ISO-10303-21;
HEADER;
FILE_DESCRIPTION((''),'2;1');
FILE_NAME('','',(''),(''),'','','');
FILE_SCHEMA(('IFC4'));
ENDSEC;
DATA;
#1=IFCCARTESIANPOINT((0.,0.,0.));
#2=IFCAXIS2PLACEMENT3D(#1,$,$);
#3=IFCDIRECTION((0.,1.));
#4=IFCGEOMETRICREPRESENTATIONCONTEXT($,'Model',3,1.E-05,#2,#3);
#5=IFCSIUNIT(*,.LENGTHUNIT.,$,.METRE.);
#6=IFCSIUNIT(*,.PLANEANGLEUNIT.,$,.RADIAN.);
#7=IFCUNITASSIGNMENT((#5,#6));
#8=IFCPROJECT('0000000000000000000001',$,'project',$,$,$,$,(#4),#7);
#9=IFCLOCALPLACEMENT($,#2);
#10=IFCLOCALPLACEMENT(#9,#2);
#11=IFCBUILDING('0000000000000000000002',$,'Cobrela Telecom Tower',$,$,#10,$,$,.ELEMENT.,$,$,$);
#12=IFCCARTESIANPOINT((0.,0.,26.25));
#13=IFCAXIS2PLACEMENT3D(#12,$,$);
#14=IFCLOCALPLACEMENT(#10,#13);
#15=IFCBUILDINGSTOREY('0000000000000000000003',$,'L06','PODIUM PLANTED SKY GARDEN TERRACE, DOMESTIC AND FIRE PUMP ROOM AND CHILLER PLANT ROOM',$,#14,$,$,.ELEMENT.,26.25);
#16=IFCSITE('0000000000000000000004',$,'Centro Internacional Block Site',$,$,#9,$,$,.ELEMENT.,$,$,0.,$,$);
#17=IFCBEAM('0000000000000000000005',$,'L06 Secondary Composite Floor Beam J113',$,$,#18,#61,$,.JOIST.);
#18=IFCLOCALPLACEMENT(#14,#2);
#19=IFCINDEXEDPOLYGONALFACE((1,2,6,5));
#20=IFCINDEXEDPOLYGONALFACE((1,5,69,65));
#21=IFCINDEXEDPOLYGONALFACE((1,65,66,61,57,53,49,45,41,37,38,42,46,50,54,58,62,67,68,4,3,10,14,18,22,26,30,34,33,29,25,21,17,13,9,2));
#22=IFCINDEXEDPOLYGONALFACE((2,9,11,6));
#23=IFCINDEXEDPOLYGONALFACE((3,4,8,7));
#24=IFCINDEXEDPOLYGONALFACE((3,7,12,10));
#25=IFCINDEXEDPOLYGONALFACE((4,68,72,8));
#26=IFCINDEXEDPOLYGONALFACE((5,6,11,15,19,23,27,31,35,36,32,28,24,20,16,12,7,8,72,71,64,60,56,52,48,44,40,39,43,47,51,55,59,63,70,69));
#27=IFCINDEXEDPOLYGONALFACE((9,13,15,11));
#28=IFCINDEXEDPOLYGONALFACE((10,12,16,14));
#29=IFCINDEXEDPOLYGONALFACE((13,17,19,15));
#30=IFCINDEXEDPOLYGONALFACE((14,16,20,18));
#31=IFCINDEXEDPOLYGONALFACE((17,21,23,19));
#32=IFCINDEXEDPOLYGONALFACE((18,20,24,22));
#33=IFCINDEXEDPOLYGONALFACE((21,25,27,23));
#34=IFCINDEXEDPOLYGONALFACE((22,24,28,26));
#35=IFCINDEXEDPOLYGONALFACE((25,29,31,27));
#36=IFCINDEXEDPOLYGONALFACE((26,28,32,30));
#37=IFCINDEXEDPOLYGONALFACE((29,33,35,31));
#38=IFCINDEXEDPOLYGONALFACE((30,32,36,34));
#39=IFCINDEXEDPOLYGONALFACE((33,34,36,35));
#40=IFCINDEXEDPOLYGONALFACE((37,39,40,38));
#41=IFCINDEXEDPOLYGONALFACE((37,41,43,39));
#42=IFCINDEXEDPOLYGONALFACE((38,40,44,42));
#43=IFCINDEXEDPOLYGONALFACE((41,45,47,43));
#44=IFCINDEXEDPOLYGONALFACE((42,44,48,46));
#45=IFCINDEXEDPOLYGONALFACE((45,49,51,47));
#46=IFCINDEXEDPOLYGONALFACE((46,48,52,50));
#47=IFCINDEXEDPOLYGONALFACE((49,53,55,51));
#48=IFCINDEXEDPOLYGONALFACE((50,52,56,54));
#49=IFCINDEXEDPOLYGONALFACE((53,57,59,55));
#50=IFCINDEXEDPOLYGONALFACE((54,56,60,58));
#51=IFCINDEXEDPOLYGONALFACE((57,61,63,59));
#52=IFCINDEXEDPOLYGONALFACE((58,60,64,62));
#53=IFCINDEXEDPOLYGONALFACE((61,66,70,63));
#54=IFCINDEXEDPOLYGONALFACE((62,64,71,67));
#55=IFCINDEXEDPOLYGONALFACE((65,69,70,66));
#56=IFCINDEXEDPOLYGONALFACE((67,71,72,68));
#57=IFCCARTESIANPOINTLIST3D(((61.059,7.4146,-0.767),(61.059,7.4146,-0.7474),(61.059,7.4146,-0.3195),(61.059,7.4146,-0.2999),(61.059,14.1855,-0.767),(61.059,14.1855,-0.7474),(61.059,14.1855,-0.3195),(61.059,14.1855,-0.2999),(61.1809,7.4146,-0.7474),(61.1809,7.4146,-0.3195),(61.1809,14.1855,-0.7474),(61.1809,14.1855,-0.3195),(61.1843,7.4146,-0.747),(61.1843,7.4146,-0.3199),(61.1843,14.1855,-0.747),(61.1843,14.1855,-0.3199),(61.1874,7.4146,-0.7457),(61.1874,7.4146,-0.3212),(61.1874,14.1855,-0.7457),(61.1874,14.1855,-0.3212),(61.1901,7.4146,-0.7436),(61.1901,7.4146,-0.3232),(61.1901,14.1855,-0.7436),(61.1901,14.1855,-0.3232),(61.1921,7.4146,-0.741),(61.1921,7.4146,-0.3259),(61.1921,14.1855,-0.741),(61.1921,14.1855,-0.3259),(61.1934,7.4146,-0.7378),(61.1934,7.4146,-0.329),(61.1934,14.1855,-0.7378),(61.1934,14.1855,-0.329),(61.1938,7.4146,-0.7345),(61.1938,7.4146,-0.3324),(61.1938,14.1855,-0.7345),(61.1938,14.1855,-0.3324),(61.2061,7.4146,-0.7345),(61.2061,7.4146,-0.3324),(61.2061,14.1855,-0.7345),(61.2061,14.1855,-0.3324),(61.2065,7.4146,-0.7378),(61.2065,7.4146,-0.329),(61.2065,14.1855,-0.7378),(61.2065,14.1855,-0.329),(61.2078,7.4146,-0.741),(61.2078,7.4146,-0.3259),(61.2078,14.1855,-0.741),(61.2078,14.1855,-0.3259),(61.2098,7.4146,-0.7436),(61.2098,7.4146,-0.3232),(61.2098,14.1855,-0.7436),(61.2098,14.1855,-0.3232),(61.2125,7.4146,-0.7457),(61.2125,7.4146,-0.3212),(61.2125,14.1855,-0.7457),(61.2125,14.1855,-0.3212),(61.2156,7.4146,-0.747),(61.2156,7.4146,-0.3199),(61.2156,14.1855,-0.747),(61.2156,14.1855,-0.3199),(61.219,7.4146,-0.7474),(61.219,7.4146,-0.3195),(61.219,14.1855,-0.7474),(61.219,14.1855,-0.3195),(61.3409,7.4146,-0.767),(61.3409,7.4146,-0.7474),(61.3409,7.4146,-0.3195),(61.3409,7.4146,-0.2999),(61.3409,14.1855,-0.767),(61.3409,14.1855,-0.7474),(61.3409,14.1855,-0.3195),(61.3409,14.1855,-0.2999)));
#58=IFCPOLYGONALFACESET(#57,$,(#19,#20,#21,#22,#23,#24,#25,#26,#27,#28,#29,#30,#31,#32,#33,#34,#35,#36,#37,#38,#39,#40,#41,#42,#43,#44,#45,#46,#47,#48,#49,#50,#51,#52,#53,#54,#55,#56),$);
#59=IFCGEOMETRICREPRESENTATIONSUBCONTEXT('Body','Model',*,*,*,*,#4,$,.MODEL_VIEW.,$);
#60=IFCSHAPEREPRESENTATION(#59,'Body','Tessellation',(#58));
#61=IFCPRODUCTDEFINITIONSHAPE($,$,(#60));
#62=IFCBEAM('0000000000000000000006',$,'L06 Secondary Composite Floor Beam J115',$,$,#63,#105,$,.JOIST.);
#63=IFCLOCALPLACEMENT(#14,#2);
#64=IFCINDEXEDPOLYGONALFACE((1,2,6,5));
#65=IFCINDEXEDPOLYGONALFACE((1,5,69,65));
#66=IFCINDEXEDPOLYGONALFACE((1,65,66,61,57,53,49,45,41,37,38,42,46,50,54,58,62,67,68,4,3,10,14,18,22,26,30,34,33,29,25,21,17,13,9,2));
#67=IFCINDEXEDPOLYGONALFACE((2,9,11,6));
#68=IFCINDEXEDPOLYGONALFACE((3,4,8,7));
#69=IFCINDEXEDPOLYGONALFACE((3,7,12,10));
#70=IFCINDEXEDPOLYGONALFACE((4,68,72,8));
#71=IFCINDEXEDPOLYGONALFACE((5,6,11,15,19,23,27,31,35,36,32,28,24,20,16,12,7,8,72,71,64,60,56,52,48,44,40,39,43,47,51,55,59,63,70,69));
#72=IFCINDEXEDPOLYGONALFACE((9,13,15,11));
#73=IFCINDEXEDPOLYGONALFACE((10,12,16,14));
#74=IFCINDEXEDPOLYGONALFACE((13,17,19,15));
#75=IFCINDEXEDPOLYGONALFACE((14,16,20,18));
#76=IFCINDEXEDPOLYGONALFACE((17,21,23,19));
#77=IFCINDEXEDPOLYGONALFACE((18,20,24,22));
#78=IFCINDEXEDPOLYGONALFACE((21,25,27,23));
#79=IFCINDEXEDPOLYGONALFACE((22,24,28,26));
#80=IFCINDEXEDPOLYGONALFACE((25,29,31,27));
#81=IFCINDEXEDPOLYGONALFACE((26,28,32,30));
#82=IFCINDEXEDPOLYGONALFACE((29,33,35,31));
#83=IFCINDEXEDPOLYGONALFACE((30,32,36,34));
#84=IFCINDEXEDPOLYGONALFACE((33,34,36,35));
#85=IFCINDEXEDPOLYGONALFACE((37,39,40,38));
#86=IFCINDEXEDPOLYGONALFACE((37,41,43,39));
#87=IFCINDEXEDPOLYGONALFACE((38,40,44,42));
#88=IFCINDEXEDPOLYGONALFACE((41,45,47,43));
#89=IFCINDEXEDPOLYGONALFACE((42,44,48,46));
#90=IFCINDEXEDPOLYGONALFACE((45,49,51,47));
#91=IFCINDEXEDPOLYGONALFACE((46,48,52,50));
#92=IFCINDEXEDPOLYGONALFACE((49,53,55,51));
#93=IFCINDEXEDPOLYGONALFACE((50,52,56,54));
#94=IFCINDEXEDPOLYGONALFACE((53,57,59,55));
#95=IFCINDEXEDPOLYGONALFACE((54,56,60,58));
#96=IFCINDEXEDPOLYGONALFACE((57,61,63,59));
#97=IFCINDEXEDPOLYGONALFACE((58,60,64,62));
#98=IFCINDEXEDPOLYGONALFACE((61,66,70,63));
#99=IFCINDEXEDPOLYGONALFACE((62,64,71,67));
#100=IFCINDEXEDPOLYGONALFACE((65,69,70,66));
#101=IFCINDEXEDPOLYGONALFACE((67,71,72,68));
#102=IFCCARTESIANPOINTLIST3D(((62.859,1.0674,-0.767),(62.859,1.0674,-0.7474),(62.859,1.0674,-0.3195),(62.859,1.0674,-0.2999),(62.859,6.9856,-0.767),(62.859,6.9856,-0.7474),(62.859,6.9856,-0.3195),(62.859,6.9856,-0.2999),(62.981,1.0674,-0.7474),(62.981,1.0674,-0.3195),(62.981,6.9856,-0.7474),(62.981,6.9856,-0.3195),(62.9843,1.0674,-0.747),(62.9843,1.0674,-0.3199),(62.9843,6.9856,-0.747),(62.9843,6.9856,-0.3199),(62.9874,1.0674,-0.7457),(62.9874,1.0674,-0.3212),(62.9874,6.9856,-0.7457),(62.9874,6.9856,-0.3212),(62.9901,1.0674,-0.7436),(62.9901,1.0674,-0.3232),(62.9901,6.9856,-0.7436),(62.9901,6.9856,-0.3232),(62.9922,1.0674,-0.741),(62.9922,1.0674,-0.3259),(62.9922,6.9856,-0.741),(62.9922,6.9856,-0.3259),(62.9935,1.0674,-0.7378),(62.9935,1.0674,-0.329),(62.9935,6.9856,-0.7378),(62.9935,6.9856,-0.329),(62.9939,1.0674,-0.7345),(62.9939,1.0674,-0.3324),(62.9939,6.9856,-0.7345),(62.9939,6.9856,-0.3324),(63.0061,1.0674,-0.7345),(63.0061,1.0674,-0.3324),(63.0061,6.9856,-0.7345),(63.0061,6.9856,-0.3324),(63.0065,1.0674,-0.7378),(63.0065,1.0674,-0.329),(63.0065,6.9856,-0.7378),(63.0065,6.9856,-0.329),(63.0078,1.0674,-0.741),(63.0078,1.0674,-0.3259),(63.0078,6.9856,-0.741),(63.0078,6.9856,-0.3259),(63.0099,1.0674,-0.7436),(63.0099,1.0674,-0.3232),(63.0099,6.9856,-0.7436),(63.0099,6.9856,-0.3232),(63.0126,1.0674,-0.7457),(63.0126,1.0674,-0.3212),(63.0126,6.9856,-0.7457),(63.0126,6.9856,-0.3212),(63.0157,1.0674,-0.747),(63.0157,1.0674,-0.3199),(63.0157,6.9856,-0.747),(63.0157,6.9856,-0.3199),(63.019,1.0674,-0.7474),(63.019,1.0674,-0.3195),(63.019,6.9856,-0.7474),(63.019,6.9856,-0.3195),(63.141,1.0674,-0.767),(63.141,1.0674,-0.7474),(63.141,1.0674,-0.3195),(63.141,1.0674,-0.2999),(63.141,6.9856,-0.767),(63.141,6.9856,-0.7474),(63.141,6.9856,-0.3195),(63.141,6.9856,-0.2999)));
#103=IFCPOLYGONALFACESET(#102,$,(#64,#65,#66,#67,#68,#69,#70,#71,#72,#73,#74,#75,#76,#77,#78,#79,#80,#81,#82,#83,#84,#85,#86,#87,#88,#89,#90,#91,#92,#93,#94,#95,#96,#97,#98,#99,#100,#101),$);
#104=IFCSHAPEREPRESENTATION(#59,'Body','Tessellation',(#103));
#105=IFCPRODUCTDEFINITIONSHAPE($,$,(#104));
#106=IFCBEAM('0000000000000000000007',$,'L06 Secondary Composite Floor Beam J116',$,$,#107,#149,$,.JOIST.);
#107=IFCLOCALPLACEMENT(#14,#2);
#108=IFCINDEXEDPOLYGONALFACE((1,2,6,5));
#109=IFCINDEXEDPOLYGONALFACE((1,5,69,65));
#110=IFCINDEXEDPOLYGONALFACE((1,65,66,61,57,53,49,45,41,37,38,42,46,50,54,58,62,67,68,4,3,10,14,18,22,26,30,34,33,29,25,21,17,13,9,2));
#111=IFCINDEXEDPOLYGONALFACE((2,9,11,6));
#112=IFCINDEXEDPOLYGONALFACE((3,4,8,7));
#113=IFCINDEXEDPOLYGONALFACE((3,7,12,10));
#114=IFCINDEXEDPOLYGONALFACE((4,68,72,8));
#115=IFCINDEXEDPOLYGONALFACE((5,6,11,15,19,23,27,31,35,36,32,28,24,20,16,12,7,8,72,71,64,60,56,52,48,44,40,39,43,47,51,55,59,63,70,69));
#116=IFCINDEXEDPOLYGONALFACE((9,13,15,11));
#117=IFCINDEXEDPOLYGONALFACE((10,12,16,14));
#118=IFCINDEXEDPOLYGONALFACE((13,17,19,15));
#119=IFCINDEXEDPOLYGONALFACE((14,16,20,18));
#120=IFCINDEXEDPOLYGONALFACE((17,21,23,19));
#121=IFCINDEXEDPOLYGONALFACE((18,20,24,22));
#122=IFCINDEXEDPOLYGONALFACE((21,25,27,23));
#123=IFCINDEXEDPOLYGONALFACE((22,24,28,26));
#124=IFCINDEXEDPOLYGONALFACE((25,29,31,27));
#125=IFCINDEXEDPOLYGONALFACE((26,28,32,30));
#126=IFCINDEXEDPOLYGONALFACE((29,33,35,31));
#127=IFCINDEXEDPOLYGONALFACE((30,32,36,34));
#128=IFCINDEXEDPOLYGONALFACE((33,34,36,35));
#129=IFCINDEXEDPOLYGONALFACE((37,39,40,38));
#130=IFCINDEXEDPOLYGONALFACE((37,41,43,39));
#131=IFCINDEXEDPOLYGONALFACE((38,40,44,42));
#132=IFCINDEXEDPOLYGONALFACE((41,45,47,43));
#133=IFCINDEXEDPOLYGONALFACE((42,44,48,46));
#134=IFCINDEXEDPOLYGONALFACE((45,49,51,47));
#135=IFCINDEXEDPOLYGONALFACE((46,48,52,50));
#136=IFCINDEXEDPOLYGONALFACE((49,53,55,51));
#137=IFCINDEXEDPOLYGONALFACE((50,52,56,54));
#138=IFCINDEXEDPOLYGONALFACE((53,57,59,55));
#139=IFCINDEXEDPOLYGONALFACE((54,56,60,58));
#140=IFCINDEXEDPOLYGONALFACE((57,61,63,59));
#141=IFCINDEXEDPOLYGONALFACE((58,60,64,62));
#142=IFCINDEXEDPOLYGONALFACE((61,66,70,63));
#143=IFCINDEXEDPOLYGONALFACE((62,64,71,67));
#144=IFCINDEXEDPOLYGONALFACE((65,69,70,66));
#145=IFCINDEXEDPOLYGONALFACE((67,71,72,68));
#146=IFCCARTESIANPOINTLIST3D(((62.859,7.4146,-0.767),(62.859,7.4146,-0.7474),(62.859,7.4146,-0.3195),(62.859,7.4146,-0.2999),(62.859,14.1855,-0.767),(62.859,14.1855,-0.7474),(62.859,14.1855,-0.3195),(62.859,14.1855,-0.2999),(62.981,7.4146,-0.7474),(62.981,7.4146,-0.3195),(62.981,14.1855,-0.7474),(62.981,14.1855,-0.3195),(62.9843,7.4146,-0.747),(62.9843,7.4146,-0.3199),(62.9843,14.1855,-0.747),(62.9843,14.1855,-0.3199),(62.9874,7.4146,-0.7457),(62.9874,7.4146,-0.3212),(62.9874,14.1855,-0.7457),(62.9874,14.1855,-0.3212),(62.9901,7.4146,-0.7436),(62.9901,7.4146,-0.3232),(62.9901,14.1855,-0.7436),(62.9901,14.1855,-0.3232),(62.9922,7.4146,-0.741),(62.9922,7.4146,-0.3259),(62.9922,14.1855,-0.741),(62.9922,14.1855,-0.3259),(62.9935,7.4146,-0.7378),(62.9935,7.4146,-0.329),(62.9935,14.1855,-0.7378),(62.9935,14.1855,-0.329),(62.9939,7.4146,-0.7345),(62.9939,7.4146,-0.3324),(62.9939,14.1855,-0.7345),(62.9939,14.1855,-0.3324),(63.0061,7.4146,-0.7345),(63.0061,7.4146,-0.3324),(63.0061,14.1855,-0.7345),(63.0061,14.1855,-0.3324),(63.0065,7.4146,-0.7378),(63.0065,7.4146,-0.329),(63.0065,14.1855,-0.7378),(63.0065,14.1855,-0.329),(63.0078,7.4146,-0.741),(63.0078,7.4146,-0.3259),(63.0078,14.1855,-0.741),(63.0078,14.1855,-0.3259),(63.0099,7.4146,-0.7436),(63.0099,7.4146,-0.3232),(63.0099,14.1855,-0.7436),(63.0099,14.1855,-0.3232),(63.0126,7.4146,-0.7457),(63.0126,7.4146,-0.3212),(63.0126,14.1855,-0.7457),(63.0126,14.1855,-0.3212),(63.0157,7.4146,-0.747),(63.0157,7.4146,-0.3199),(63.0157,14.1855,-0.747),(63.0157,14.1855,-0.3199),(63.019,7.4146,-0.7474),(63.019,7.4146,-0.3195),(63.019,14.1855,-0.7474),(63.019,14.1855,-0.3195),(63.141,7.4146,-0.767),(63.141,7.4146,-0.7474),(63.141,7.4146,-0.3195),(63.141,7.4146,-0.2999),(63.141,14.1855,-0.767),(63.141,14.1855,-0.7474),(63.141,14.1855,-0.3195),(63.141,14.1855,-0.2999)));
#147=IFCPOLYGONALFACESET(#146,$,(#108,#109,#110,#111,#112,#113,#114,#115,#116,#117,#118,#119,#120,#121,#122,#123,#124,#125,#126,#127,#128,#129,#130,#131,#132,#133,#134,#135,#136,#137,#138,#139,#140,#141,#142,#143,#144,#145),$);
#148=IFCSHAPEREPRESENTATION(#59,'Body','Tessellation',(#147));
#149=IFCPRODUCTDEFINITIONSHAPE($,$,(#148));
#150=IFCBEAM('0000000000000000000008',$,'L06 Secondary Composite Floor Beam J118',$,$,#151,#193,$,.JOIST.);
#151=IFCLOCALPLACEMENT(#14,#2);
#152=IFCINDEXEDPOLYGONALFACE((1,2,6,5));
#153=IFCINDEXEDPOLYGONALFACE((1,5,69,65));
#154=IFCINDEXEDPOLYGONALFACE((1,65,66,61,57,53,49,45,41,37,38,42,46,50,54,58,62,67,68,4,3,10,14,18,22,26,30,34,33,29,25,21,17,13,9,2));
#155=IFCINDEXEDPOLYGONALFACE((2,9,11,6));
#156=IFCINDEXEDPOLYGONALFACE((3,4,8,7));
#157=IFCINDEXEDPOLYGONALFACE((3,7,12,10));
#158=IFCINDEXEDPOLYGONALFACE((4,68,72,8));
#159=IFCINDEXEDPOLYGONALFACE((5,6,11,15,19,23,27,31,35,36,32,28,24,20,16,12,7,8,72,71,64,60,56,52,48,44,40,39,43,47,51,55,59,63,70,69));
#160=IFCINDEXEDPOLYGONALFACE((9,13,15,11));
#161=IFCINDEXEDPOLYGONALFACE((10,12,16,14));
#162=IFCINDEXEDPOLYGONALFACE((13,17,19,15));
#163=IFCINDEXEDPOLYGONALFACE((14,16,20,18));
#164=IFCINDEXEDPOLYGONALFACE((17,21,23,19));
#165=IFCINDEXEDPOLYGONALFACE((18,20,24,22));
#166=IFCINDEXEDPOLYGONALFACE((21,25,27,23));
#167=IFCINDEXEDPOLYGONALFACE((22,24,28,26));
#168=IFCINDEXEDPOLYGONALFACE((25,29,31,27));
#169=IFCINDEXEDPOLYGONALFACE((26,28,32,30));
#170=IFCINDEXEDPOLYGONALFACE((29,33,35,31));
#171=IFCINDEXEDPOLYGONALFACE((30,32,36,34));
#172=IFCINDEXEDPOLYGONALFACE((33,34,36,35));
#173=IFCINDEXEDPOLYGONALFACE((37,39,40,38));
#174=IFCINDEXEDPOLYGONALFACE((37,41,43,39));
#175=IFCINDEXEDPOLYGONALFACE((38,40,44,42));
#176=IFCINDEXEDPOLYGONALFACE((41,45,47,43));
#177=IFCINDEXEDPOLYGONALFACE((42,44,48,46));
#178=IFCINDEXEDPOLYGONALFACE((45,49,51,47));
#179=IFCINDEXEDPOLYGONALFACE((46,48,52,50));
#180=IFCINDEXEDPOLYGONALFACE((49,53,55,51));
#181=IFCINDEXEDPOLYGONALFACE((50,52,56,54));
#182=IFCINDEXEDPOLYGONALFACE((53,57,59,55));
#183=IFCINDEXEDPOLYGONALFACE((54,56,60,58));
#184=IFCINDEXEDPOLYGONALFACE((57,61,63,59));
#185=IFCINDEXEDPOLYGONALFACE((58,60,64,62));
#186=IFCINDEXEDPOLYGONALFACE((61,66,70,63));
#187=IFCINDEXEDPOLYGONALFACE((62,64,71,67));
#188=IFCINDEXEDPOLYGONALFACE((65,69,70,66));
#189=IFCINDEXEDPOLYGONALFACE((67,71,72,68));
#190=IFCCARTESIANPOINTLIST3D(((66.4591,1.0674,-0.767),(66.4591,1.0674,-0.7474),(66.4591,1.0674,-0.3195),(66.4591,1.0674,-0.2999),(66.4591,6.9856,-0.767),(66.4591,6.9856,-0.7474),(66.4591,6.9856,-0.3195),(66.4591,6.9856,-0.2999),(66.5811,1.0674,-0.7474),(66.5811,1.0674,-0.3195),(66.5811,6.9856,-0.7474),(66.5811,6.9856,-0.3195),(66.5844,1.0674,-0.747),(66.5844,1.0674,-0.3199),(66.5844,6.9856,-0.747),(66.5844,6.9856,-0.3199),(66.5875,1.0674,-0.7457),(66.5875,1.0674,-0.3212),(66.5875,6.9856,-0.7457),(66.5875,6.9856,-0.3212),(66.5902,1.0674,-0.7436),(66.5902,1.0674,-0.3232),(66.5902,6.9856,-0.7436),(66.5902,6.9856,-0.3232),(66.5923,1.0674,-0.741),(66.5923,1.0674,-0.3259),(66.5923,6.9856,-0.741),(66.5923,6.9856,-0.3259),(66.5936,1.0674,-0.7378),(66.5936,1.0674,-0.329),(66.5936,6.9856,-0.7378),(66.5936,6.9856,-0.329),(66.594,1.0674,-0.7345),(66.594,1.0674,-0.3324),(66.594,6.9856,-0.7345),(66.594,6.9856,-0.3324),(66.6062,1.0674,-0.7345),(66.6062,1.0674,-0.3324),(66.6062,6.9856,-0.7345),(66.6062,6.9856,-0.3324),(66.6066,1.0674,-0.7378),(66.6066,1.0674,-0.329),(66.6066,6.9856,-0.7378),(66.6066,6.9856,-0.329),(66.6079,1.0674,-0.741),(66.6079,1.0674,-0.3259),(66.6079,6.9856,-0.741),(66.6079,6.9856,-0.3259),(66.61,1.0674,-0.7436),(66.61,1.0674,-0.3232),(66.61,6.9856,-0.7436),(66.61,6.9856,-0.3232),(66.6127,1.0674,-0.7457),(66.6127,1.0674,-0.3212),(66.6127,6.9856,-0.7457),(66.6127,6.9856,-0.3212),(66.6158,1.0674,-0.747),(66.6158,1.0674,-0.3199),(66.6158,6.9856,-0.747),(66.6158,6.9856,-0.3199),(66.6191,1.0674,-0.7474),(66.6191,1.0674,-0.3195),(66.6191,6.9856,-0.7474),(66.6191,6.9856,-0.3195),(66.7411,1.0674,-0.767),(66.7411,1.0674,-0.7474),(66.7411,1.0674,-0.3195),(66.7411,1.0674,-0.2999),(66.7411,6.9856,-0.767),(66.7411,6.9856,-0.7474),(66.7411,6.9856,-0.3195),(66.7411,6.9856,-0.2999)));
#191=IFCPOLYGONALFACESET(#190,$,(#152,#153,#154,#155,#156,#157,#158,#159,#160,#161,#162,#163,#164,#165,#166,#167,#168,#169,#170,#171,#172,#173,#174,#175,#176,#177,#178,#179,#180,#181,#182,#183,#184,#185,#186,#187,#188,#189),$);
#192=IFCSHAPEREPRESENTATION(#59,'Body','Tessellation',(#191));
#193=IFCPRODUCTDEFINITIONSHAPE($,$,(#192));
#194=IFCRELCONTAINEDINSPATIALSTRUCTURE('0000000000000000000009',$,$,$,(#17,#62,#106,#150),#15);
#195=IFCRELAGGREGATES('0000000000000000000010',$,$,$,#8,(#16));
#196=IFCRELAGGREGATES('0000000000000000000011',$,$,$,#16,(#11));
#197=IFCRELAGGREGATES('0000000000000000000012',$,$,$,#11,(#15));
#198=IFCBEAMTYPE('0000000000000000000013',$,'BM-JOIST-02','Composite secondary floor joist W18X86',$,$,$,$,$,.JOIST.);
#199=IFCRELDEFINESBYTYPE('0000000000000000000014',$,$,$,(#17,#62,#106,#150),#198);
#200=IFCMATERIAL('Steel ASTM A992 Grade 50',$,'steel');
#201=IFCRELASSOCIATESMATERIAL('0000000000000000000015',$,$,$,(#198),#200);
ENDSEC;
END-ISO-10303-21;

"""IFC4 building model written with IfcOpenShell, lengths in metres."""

from ifc_helpers import new_model, si_unit, direction, frame, origin, origin_2d, place, context, subcontext, project, spatial, i_section, extrude, material, material_profile, profile_set, type_object, element, save


model = new_model("IFC4")

# Units and contexts
model_context = context("Model", 3, precision=1e-05, world=origin(), true_north=direction((0.0, 1.0)))
body_context = subcontext(model_context, "Body", "Model", "MODEL_VIEW")
ifc_project = project(units=[si_unit("LENGTHUNIT", "METRE"), si_unit("PLANEANGLEUNIT", "RADIAN")], contexts=[model_context])

# Site, building, storey
site_placement = place(None, origin())
site = spatial("IfcSite", under=ifc_project, at=site_placement, Name="Centro Internacional Block Site", CompositionType="ELEMENT", RefElevation=0.0)
building_placement = place(site_placement, origin())
building = spatial("IfcBuilding", under=site, at=building_placement, Name="Cobrela Telecom Tower", CompositionType="ELEMENT")
storey_placement = place(building_placement, frame((0.0, 0.0, 26.25)))
storey = spatial("IfcBuildingStorey", under=building, at=storey_placement, Name="L06", Description="PODIUM PLANTED SKY GARDEN TERRACE, DOMESTIC AND FIRE PUMP ROOM AND CHILLER PLANT ROOM", CompositionType="ELEMENT", Elevation=26.25)

# Beams
ifc_material_1 = material(Name="Steel ASTM A992 Grade 50", Category="steel")
ifc_material_profile_1 = material_profile(ifc_material_1, i_section(OverallWidth=0.282, OverallDepth=0.467, WebThickness=0.0122, FlangeThickness=0.0195, FilletRadius=0.0129, at=origin_2d()), Name="W18X86")
ifc_profile_set_1 = profile_set([ifc_material_profile_1], Name="Steel ASTM A992 Grade 50")
beam_type_1 = type_object("IfcBeamType", Name="BM-JOIST-02", Description="Composite secondary floor joist W18X86", PredefinedType="JOIST", material=ifc_profile_set_1)
beam_1_placement = place(storey_placement, frame((61.2, 7.4146, -0.5334), z_axis=(0.0, 1.0, 0.0), x_axis=(-1.0, 0.0, 0.0)))
element("IfcBeam", 1, at=beam_1_placement, inside=storey, type_object=beam_type_1, Name="L06 Secondary Composite Floor Beam J113", PredefinedType="JOIST", context=body_context, shape_type="SweptSolid", body=[
    extrude(i_section(OverallWidth=0.282, OverallDepth=0.467, WebThickness=0.0122, FlangeThickness=0.0195, FilletRadius=0.0129, at=origin_2d()), origin(), (0.0, 0.0, 1.0), 6.771),
])
beam_2_placement = place(storey_placement, frame((63.0, 1.0674, -0.5334), z_axis=(0.0, 1.0, 0.0), x_axis=(-1.0, 0.0, 0.0)))
element("IfcBeam", 2, at=beam_2_placement, inside=storey, type_object=beam_type_1, Name="L06 Secondary Composite Floor Beam J115", PredefinedType="JOIST", context=body_context, shape_type="SweptSolid", body=[
    extrude(i_section(OverallWidth=0.282, OverallDepth=0.467, WebThickness=0.0122, FlangeThickness=0.0195, FilletRadius=0.0129, at=origin_2d()), origin(), (0.0, 0.0, 1.0), 5.9182),
])
beam_3_placement = place(storey_placement, frame((63.0, 7.4146, -0.5334), z_axis=(0.0, 1.0, 0.0), x_axis=(-1.0, 0.0, 0.0)))
element("IfcBeam", 3, at=beam_3_placement, inside=storey, type_object=beam_type_1, Name="L06 Secondary Composite Floor Beam J116", PredefinedType="JOIST", context=body_context, shape_type="SweptSolid", body=[
    extrude(i_section(OverallWidth=0.282, OverallDepth=0.467, WebThickness=0.0122, FlangeThickness=0.0195, FilletRadius=0.0129, at=origin_2d()), origin(), (0.0, 0.0, 1.0), 6.771),
])
beam_4_placement = place(storey_placement, frame((66.6001, 1.0674, -0.5334), z_axis=(0.0, 1.0, 0.0), x_axis=(-1.0, 0.0, 0.0)))
element("IfcBeam", 4, at=beam_4_placement, inside=storey, type_object=beam_type_1, Name="L06 Secondary Composite Floor Beam J118", PredefinedType="JOIST", context=body_context, shape_type="SweptSolid", body=[
    extrude(i_section(OverallWidth=0.282, OverallDepth=0.467, WebThickness=0.0122, FlangeThickness=0.0195, FilletRadius=0.0129, at=origin_2d()), origin(), (0.0, 0.0, 1.0), 5.9182),
])

save(model, "model.ifc")
